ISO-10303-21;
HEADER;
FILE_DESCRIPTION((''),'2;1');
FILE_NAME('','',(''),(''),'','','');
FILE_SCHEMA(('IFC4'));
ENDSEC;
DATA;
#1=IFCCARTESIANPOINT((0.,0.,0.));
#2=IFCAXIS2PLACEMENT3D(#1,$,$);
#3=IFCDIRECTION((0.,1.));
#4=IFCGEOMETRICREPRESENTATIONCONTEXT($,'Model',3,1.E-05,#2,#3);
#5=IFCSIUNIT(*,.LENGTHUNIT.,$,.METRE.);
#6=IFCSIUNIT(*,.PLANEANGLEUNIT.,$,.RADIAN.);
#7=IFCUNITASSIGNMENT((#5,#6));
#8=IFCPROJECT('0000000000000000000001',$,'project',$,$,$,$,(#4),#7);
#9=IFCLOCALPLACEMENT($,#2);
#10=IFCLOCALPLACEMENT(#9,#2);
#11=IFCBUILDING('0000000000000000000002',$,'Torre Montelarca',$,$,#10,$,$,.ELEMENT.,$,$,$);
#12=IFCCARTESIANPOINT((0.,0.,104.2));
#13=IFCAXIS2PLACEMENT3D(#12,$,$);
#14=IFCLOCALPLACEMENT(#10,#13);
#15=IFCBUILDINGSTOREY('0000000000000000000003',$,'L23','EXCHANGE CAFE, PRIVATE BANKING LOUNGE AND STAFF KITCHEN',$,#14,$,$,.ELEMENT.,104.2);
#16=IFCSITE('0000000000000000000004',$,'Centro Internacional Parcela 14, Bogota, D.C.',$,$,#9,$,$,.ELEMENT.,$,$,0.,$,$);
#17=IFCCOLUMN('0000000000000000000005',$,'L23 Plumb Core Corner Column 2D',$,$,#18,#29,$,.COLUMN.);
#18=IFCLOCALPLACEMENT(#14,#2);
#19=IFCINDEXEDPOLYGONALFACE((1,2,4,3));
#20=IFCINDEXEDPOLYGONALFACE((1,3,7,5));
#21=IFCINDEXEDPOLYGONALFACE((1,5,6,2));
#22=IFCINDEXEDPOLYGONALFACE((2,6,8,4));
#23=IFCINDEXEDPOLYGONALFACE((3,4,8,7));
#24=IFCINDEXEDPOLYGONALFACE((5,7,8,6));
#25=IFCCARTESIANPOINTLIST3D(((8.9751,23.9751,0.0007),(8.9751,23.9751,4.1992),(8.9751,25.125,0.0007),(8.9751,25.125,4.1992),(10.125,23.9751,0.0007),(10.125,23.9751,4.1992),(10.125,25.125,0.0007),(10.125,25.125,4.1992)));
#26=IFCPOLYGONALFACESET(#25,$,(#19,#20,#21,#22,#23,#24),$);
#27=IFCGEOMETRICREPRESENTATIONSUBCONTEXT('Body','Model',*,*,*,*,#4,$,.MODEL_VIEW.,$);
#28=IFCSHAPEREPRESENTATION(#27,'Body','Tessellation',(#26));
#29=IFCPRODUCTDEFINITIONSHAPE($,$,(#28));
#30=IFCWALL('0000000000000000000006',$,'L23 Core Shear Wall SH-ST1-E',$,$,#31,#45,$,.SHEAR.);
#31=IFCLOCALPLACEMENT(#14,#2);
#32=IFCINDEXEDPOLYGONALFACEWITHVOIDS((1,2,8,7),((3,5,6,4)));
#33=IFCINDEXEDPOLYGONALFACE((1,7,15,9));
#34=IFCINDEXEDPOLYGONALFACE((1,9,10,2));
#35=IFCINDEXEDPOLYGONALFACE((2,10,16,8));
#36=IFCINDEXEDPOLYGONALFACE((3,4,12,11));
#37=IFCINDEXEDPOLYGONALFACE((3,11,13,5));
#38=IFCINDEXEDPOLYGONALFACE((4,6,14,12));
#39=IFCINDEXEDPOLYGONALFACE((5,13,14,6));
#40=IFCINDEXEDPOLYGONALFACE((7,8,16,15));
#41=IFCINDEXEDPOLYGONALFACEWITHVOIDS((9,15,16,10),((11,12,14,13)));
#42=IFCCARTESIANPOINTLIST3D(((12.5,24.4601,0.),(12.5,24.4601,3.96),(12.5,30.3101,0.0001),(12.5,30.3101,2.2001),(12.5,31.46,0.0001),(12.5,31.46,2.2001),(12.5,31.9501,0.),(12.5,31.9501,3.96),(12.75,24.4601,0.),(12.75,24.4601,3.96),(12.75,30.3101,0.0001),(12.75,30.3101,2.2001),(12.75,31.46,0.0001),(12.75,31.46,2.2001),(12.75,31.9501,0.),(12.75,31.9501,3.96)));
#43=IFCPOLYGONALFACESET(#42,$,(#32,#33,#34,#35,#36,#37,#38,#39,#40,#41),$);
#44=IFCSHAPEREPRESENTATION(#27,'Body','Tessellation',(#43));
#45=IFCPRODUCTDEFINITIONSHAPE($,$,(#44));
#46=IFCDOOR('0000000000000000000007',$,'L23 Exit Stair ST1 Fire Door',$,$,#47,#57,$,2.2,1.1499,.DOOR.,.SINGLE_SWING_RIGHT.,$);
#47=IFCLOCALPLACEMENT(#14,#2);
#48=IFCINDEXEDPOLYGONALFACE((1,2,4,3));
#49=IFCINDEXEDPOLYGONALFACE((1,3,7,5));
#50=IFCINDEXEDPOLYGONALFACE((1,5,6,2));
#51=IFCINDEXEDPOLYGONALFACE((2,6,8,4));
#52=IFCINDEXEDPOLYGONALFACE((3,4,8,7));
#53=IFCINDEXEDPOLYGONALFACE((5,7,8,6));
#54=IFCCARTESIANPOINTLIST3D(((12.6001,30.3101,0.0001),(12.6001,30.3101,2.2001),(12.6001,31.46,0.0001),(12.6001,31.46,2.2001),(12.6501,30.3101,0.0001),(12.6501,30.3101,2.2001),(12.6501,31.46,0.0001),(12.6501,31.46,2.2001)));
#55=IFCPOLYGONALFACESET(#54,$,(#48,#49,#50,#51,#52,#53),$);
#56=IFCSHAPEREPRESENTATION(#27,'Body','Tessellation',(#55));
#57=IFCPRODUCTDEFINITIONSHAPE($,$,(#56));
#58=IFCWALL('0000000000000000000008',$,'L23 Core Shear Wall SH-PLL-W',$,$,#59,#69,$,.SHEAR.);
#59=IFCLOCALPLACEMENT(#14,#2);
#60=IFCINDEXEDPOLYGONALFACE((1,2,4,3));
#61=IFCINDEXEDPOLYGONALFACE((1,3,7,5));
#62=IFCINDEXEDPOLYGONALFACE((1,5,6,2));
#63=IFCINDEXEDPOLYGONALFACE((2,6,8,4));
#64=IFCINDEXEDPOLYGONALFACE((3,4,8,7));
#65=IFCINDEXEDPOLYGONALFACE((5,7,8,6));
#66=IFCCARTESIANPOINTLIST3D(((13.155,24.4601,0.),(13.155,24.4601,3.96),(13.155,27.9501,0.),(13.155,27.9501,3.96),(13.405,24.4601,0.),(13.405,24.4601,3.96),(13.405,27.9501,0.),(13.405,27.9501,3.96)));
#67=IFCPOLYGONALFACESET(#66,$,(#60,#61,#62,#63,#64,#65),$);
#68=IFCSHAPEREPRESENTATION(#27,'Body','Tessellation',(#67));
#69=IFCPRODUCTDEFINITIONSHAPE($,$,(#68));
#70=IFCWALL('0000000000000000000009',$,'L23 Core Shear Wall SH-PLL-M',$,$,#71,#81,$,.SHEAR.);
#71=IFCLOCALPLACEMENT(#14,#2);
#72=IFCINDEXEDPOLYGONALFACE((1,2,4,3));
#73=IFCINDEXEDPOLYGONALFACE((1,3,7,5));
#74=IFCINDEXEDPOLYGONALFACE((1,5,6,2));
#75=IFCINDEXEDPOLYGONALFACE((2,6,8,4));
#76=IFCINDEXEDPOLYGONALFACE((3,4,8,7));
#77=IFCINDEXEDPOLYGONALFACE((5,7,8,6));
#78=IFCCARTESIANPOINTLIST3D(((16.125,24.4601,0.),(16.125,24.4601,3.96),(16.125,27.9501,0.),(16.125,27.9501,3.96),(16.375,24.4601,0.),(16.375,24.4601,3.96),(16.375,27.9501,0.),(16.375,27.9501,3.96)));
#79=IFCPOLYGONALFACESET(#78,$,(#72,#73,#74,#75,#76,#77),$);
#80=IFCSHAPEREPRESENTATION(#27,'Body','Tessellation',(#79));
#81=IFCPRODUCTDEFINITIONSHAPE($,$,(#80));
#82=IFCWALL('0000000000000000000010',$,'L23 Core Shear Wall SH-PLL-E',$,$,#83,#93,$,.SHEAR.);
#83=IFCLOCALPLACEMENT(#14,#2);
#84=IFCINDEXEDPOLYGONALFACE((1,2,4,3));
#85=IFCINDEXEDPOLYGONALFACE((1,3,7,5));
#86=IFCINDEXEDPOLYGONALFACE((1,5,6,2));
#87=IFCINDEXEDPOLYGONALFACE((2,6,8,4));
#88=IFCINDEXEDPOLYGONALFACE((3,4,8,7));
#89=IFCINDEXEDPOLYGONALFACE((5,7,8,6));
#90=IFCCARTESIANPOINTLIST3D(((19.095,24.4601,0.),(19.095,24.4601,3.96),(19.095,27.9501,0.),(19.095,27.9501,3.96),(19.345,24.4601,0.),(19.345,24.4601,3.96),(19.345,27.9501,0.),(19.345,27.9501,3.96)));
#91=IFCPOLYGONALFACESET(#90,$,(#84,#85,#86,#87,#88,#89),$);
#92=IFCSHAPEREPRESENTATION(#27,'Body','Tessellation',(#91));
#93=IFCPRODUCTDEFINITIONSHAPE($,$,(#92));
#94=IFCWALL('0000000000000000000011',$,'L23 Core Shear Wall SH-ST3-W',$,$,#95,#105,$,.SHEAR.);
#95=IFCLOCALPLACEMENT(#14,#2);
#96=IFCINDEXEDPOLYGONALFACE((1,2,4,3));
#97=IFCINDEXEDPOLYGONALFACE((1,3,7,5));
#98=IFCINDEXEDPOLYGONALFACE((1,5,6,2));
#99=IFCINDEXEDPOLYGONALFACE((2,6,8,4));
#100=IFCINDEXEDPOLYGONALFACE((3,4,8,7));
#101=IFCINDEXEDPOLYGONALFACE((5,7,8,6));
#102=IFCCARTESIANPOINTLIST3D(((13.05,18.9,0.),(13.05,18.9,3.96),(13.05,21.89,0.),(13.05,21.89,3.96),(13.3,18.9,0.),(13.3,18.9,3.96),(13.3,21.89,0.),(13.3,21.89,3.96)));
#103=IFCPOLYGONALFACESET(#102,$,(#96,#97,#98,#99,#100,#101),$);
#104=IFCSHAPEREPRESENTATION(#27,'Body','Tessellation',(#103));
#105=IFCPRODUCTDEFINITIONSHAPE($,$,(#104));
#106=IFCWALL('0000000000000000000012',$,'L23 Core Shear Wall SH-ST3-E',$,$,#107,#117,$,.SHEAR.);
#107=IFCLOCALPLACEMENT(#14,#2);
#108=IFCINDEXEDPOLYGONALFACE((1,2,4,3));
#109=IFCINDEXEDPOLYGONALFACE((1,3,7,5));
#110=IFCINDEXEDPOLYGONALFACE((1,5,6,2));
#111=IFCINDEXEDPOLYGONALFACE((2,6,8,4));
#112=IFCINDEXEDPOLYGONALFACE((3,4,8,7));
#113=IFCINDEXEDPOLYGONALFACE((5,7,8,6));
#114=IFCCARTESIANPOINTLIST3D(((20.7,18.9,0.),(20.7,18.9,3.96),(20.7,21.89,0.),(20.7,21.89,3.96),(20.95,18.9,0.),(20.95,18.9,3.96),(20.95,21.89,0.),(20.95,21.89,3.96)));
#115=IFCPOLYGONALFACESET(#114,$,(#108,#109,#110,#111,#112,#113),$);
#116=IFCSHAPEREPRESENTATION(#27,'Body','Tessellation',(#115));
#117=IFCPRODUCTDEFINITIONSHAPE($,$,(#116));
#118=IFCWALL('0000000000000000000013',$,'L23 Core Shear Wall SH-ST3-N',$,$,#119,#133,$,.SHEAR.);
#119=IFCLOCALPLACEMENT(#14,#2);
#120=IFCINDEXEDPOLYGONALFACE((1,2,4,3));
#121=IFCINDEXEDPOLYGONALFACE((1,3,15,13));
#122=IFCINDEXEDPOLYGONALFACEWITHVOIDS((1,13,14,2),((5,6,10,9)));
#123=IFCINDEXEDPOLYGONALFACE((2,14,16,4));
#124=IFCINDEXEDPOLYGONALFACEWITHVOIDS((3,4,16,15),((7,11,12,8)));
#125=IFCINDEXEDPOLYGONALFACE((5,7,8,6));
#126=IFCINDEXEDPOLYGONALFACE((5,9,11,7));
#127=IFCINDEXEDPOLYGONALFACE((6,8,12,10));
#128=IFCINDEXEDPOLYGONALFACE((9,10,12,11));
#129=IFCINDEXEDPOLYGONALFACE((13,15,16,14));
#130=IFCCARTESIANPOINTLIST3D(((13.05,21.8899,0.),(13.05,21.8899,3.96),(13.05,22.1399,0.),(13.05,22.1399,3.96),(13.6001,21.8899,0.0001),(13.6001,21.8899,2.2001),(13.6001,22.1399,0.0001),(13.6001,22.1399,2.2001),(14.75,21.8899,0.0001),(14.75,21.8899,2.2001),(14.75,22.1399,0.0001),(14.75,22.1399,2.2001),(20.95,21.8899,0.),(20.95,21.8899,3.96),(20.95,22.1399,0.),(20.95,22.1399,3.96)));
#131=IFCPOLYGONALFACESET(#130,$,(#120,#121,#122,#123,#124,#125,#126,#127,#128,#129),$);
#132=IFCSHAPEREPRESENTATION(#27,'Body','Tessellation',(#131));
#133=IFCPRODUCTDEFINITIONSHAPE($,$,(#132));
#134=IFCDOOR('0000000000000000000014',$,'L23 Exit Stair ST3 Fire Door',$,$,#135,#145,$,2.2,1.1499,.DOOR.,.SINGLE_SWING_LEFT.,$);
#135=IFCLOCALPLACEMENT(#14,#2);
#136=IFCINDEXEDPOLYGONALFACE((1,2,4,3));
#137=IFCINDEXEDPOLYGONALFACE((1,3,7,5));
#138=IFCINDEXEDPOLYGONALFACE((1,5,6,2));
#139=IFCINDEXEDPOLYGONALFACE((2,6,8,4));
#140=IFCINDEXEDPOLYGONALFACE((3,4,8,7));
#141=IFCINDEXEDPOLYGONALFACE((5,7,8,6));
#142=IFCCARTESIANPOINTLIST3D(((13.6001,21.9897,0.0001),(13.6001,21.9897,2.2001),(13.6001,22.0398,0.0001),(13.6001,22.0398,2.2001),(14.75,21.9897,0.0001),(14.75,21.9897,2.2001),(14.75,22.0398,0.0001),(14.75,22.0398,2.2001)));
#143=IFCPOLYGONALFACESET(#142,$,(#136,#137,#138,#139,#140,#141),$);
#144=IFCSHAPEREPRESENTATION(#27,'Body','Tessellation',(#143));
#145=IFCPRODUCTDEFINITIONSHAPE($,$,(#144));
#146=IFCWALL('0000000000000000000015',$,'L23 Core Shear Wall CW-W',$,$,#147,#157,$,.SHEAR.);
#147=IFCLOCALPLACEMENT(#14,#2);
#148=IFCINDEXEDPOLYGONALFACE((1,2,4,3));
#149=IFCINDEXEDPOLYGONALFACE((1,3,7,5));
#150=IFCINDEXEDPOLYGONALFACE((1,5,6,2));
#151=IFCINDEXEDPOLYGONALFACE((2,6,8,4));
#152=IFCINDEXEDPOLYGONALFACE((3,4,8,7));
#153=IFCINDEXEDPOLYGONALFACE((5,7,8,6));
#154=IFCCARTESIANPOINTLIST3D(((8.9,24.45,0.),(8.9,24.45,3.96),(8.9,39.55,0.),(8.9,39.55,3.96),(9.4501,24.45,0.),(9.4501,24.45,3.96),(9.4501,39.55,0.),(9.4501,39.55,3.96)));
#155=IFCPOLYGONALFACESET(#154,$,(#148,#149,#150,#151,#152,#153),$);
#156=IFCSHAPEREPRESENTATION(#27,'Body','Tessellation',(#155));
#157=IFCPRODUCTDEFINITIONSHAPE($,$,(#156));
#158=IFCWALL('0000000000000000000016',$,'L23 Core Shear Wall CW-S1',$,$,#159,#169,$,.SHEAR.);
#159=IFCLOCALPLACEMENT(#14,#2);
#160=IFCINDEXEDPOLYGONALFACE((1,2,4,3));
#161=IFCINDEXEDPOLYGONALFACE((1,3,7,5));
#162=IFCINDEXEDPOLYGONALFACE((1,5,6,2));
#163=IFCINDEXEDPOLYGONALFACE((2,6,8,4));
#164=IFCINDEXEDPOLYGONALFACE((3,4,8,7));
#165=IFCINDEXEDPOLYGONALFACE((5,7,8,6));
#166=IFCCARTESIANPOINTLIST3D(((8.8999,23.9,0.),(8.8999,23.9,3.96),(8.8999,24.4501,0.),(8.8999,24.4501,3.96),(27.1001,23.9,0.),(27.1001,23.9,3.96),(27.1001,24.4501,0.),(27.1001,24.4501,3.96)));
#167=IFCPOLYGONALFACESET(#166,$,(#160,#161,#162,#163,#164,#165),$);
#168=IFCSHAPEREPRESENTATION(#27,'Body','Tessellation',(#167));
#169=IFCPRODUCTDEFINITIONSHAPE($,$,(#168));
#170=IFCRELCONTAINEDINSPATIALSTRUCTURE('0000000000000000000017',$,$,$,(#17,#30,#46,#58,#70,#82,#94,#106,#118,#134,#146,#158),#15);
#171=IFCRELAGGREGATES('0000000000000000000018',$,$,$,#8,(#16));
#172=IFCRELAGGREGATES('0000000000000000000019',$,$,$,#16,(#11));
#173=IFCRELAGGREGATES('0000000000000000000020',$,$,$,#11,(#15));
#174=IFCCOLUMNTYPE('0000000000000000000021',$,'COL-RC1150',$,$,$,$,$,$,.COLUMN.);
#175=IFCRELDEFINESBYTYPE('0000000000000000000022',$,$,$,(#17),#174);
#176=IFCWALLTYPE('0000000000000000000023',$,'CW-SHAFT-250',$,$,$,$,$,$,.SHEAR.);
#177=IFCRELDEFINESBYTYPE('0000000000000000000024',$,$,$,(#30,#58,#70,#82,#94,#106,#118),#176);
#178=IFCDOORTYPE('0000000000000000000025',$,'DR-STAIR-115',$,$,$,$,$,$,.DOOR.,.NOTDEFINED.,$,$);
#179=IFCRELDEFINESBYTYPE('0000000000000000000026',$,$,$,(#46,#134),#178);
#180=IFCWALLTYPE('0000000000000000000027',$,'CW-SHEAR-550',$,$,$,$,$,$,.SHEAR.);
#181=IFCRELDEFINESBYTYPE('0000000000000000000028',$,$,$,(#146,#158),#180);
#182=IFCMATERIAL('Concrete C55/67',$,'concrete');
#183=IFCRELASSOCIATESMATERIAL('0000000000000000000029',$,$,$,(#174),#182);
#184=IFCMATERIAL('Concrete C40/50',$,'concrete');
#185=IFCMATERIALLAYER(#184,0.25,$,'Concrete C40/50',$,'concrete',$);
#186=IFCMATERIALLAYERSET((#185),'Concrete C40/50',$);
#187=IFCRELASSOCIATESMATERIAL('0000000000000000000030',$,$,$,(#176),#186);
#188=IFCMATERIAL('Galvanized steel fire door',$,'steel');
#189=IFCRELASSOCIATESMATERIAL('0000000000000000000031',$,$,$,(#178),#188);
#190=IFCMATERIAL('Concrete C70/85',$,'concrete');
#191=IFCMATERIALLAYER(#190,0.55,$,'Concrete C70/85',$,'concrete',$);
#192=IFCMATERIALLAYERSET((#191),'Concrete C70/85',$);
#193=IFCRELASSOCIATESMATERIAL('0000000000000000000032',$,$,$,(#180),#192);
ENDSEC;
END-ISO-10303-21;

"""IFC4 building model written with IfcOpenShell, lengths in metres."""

from ifc_helpers import new_model, si_unit, direction, frame, frame_2d, origin, origin_2d, place, context, subcontext, project, spatial, rectangle, extrude, source, transform, mapped, material, layer, layer_set, material_profile, profile_set, type_object, element, fill, save


model = new_model("IFC4")

# Units and contexts
model_context = context("Model", 3, precision=1e-05, world=origin(), true_north=direction((0.0, 1.0)))
body_context = subcontext(model_context, "Body", "Model", "MODEL_VIEW")
ifc_project = project(units=[si_unit("LENGTHUNIT", "METRE"), si_unit("PLANEANGLEUNIT", "RADIAN")], contexts=[model_context])

# Site, building, storey
site_placement = place(None, origin())
site = spatial("IfcSite", under=ifc_project, at=site_placement, Name="Centro Internacional Parcela 14, Bogota, D.C.", CompositionType="ELEMENT", RefElevation=0.0)
building_placement = place(site_placement, origin())
building = spatial("IfcBuilding", under=site, at=building_placement, Name="Torre Montelarca", CompositionType="ELEMENT")
storey_placement = place(building_placement, frame((0.0, 0.0, 104.2)))
storey = spatial("IfcBuildingStorey", under=building, at=storey_placement, Name="L23", Description="EXCHANGE CAFE, PRIVATE BANKING LOUNGE AND STAFF KITCHEN", CompositionType="ELEMENT", Elevation=104.2)

# Column
ifc_material_1 = material(Name="Concrete C55/67", Category="concrete")
ifc_material_profile = material_profile(ifc_material_1, rectangle(XDim=1.1499, YDim=1.1499, at=origin_2d()), Name="RC1150X1150", Category="concrete")
ifc_profile_set = profile_set([ifc_material_profile], Name="Concrete C55/67")
column_type = type_object("IfcColumnType", Name="COL-RC1150", PredefinedType="COLUMN", material=ifc_profile_set)
shared_shape_1 = source(origin(), body_context, "Body", "SweptSolid", [
    extrude(rectangle(XDim=1.1499, YDim=1.1499, at=origin_2d()), origin(), (0.0, 0.0, 1.0), 4.1985),
])
column_placement = place(storey_placement, frame((9.55, 24.55, 0.0007), z_axis=(0.0, 0.0, 1.0), x_axis=(1.0, 0.0, 0.0)))
element("IfcColumn", 1, at=column_placement, inside=storey, type_object=column_type, Name="L23 Plumb Core Corner Column 2D", PredefinedType="COLUMN", context=body_context, shape_type="MappedRepresentation", body=[
    mapped(shared_shape_1, transform((0.0, 0.0, 0.0), scale=1.0)),
])

# Wall, opening, door
ifc_material_2 = material(Name="Concrete C40/50", Category="concrete")
ifc_layer_1 = layer(ifc_material_2, 0.25, Name="Concrete C40/50", Category="concrete")
ifc_layer_set_1 = layer_set([ifc_layer_1], Name="Concrete C40/50")
wall_type_1 = type_object("IfcWallType", Name="CW-SHAFT-250", PredefinedType="SHEAR", material=ifc_layer_set_1)
wall_1_placement = place(storey_placement, frame((12.625, 24.46, 0.0), z_axis=(0.0, 0.0, 1.0), x_axis=(0.0, 1.0, 0.0)))
wall_1 = element("IfcWall", 2, at=wall_1_placement, inside=storey, type_object=wall_type_1, Name="L23 Core Shear Wall SH-ST1-E", PredefinedType="SHEAR", context=body_context, shape_type="SweptSolid", body=[
    extrude(rectangle(XDim=7.49, YDim=0.25, at=frame_2d((3.7451, 0.0))), origin(), (0.0, 0.0, 1.0), 3.96),
])
opening_1_placement = place(wall_1_placement, frame((5.8501, 0.0, 0.0)))
opening_1 = element("IfcOpeningElement", 3, at=opening_1_placement, cuts=wall_1, PredefinedType="OPENING", context=body_context, shape_type="SweptSolid", body=[
    extrude(rectangle(XDim=1.1499, YDim=2.2, at=frame_2d((0.575, 1.1001))), frame((0.0, 0.135, 0.0), z_axis=(0.0, -1.0, 0.0), x_axis=(1.0, 0.0, 0.0)), (0.0, 0.0, 1.0), 0.27),
])
ifc_material_3 = material(Name="Galvanized steel fire door", Category="steel")
door_type = type_object("IfcDoorType", Name="DR-STAIR-115", OperationType="NOTDEFINED", PredefinedType="DOOR", material=ifc_material_3)
shared_shape_2 = source(origin(), body_context, "Body", "SweptSolid", [
    extrude(rectangle(XDim=1.1499, YDim=2.2, at=frame_2d((0.575, 1.1001))), frame((0.0, 0.0249, 0.0), z_axis=(0.0, -1.0, 0.0), x_axis=(1.0, 0.0, 0.0)), (0.0, 0.0, 1.0), 0.05),
])
door_1_placement = place(opening_1_placement, origin())
door_1 = element("IfcDoor", 4, at=door_1_placement, inside=storey, type_object=door_type, Name="L23 Exit Stair ST1 Fire Door", OperationType="SINGLE_SWING_RIGHT", OverallHeight=2.2, OverallWidth=1.1499, PredefinedType="DOOR", context=body_context, shape_type="MappedRepresentation", body=[
    mapped(shared_shape_2, transform((0.0, 0.0, 0.0), scale=1.0)),
])
fill(opening_1, door_1)

# Walls
for number, where, z_axis, x_axis, name in (
    (5, (13.28, 24.46, 0.0), (0.0, 0.0, 1.0), (0.0, 1.0, 0.0), "L23 Core Shear Wall SH-PLL-W"),
    (6, (16.25, 24.46, 0.0), (0.0, 0.0, 1.0), (0.0, 1.0, 0.0), "L23 Core Shear Wall SH-PLL-M"),
    (7, (19.22, 24.46, 0.0), (0.0, 0.0, 1.0), (0.0, 1.0, 0.0), "L23 Core Shear Wall SH-PLL-E"),
):
    element("IfcWall", number, at=place(storey_placement, frame(where, z_axis=z_axis, x_axis=x_axis)), inside=storey, type_object=wall_type_1, Name=name, PredefinedType="SHEAR", context=body_context, shape_type="SweptSolid", body=[
        extrude(rectangle(XDim=3.49, YDim=0.25, at=frame_2d((1.7451, 0.0))), origin(), (0.0, 0.0, 1.0), 3.96),
    ])
for number, where, z_axis, x_axis, name in (
    (8, (13.175, 18.8999, 0.0), (0.0, 0.0, 1.0), (0.0, 1.0, 0.0), "L23 Core Shear Wall SH-ST3-W"),
    (9, (20.825, 18.8999, 0.0), (0.0, 0.0, 1.0), (0.0, 1.0, 0.0), "L23 Core Shear Wall SH-ST3-E"),
):
    element("IfcWall", number, at=place(storey_placement, frame(where, z_axis=z_axis, x_axis=x_axis)), inside=storey, type_object=wall_type_1, Name=name, PredefinedType="SHEAR", context=body_context, shape_type="SweptSolid", body=[
        extrude(rectangle(XDim=2.99, YDim=0.25, at=frame_2d((1.4951, 0.0))), origin(), (0.0, 0.0, 1.0), 3.96),
    ])

# Wall, opening, door
wall_2_placement = place(storey_placement, frame((13.05, 22.0149, 0.0), z_axis=(0.0, 0.0, 1.0), x_axis=(1.0, 0.0, 0.0)))
wall_2 = element("IfcWall", 10, at=wall_2_placement, inside=storey, type_object=wall_type_1, Name="L23 Core Shear Wall SH-ST3-N", PredefinedType="SHEAR", context=body_context, shape_type="SweptSolid", body=[
    extrude(rectangle(XDim=7.8999, YDim=0.25, at=frame_2d((3.95, 0.0))), origin(), (0.0, 0.0, 1.0), 3.96),
])
opening_2_placement = place(wall_2_placement, frame((0.55, 0.0, 0.0)))
opening_2 = element("IfcOpeningElement", 11, at=opening_2_placement, cuts=wall_2, PredefinedType="OPENING", context=body_context, shape_type="SweptSolid", body=[
    extrude(rectangle(XDim=1.1499, YDim=2.2, at=frame_2d((0.575, 1.1001))), frame((0.0, 0.135, 0.0), z_axis=(0.0, -1.0, 0.0), x_axis=(1.0, 0.0, 0.0)), (0.0, 0.0, 1.0), 0.27),
])
door_2_placement = place(opening_2_placement, origin())
door_2 = element("IfcDoor", 12, at=door_2_placement, inside=storey, type_object=door_type, Name="L23 Exit Stair ST3 Fire Door", OperationType="SINGLE_SWING_LEFT", OverallHeight=2.2, OverallWidth=1.1499, PredefinedType="DOOR", context=body_context, shape_type="MappedRepresentation", body=[
    mapped(shared_shape_2, transform((0.0, 0.0, 0.0), scale=1.0)),
])
fill(opening_2, door_2)

# Walls
ifc_material_4 = material(Name="Concrete C70/85", Category="concrete")
ifc_layer_2 = layer(ifc_material_4, 0.55, Name="Concrete C70/85", Category="concrete")
ifc_layer_set_2 = layer_set([ifc_layer_2], Name="Concrete C70/85")
wall_type_2 = type_object("IfcWallType", Name="CW-SHEAR-550", PredefinedType="SHEAR", material=ifc_layer_set_2)
wall_3_placement = place(storey_placement, frame((9.175, 24.45, 0.0), z_axis=(0.0, 0.0, 1.0), x_axis=(0.0, 1.0, 0.0)))
element("IfcWall", 13, at=wall_3_placement, inside=storey, type_object=wall_type_2, Name="L23 Core Shear Wall CW-W", PredefinedType="SHEAR", context=body_context, shape_type="SweptSolid", body=[
    extrude(rectangle(XDim=15.1001, YDim=0.55, at=frame_2d((7.55, 0.0))), origin(), (0.0, 0.0, 1.0), 3.96),
])
wall_4_placement = place(storey_placement, frame((8.8999, 24.175, 0.0), z_axis=(0.0, 0.0, 1.0), x_axis=(1.0, 0.0, 0.0)))
element("IfcWall", 14, at=wall_4_placement, inside=storey, type_object=wall_type_2, Name="L23 Core Shear Wall CW-S1", PredefinedType="SHEAR", context=body_context, shape_type="SweptSolid", body=[
    extrude(rectangle(XDim=18.2002, YDim=0.55, at=frame_2d((9.1001, 0.0))), origin(), (0.0, 0.0, 1.0), 3.96),
])

save(model, "model.ifc")
